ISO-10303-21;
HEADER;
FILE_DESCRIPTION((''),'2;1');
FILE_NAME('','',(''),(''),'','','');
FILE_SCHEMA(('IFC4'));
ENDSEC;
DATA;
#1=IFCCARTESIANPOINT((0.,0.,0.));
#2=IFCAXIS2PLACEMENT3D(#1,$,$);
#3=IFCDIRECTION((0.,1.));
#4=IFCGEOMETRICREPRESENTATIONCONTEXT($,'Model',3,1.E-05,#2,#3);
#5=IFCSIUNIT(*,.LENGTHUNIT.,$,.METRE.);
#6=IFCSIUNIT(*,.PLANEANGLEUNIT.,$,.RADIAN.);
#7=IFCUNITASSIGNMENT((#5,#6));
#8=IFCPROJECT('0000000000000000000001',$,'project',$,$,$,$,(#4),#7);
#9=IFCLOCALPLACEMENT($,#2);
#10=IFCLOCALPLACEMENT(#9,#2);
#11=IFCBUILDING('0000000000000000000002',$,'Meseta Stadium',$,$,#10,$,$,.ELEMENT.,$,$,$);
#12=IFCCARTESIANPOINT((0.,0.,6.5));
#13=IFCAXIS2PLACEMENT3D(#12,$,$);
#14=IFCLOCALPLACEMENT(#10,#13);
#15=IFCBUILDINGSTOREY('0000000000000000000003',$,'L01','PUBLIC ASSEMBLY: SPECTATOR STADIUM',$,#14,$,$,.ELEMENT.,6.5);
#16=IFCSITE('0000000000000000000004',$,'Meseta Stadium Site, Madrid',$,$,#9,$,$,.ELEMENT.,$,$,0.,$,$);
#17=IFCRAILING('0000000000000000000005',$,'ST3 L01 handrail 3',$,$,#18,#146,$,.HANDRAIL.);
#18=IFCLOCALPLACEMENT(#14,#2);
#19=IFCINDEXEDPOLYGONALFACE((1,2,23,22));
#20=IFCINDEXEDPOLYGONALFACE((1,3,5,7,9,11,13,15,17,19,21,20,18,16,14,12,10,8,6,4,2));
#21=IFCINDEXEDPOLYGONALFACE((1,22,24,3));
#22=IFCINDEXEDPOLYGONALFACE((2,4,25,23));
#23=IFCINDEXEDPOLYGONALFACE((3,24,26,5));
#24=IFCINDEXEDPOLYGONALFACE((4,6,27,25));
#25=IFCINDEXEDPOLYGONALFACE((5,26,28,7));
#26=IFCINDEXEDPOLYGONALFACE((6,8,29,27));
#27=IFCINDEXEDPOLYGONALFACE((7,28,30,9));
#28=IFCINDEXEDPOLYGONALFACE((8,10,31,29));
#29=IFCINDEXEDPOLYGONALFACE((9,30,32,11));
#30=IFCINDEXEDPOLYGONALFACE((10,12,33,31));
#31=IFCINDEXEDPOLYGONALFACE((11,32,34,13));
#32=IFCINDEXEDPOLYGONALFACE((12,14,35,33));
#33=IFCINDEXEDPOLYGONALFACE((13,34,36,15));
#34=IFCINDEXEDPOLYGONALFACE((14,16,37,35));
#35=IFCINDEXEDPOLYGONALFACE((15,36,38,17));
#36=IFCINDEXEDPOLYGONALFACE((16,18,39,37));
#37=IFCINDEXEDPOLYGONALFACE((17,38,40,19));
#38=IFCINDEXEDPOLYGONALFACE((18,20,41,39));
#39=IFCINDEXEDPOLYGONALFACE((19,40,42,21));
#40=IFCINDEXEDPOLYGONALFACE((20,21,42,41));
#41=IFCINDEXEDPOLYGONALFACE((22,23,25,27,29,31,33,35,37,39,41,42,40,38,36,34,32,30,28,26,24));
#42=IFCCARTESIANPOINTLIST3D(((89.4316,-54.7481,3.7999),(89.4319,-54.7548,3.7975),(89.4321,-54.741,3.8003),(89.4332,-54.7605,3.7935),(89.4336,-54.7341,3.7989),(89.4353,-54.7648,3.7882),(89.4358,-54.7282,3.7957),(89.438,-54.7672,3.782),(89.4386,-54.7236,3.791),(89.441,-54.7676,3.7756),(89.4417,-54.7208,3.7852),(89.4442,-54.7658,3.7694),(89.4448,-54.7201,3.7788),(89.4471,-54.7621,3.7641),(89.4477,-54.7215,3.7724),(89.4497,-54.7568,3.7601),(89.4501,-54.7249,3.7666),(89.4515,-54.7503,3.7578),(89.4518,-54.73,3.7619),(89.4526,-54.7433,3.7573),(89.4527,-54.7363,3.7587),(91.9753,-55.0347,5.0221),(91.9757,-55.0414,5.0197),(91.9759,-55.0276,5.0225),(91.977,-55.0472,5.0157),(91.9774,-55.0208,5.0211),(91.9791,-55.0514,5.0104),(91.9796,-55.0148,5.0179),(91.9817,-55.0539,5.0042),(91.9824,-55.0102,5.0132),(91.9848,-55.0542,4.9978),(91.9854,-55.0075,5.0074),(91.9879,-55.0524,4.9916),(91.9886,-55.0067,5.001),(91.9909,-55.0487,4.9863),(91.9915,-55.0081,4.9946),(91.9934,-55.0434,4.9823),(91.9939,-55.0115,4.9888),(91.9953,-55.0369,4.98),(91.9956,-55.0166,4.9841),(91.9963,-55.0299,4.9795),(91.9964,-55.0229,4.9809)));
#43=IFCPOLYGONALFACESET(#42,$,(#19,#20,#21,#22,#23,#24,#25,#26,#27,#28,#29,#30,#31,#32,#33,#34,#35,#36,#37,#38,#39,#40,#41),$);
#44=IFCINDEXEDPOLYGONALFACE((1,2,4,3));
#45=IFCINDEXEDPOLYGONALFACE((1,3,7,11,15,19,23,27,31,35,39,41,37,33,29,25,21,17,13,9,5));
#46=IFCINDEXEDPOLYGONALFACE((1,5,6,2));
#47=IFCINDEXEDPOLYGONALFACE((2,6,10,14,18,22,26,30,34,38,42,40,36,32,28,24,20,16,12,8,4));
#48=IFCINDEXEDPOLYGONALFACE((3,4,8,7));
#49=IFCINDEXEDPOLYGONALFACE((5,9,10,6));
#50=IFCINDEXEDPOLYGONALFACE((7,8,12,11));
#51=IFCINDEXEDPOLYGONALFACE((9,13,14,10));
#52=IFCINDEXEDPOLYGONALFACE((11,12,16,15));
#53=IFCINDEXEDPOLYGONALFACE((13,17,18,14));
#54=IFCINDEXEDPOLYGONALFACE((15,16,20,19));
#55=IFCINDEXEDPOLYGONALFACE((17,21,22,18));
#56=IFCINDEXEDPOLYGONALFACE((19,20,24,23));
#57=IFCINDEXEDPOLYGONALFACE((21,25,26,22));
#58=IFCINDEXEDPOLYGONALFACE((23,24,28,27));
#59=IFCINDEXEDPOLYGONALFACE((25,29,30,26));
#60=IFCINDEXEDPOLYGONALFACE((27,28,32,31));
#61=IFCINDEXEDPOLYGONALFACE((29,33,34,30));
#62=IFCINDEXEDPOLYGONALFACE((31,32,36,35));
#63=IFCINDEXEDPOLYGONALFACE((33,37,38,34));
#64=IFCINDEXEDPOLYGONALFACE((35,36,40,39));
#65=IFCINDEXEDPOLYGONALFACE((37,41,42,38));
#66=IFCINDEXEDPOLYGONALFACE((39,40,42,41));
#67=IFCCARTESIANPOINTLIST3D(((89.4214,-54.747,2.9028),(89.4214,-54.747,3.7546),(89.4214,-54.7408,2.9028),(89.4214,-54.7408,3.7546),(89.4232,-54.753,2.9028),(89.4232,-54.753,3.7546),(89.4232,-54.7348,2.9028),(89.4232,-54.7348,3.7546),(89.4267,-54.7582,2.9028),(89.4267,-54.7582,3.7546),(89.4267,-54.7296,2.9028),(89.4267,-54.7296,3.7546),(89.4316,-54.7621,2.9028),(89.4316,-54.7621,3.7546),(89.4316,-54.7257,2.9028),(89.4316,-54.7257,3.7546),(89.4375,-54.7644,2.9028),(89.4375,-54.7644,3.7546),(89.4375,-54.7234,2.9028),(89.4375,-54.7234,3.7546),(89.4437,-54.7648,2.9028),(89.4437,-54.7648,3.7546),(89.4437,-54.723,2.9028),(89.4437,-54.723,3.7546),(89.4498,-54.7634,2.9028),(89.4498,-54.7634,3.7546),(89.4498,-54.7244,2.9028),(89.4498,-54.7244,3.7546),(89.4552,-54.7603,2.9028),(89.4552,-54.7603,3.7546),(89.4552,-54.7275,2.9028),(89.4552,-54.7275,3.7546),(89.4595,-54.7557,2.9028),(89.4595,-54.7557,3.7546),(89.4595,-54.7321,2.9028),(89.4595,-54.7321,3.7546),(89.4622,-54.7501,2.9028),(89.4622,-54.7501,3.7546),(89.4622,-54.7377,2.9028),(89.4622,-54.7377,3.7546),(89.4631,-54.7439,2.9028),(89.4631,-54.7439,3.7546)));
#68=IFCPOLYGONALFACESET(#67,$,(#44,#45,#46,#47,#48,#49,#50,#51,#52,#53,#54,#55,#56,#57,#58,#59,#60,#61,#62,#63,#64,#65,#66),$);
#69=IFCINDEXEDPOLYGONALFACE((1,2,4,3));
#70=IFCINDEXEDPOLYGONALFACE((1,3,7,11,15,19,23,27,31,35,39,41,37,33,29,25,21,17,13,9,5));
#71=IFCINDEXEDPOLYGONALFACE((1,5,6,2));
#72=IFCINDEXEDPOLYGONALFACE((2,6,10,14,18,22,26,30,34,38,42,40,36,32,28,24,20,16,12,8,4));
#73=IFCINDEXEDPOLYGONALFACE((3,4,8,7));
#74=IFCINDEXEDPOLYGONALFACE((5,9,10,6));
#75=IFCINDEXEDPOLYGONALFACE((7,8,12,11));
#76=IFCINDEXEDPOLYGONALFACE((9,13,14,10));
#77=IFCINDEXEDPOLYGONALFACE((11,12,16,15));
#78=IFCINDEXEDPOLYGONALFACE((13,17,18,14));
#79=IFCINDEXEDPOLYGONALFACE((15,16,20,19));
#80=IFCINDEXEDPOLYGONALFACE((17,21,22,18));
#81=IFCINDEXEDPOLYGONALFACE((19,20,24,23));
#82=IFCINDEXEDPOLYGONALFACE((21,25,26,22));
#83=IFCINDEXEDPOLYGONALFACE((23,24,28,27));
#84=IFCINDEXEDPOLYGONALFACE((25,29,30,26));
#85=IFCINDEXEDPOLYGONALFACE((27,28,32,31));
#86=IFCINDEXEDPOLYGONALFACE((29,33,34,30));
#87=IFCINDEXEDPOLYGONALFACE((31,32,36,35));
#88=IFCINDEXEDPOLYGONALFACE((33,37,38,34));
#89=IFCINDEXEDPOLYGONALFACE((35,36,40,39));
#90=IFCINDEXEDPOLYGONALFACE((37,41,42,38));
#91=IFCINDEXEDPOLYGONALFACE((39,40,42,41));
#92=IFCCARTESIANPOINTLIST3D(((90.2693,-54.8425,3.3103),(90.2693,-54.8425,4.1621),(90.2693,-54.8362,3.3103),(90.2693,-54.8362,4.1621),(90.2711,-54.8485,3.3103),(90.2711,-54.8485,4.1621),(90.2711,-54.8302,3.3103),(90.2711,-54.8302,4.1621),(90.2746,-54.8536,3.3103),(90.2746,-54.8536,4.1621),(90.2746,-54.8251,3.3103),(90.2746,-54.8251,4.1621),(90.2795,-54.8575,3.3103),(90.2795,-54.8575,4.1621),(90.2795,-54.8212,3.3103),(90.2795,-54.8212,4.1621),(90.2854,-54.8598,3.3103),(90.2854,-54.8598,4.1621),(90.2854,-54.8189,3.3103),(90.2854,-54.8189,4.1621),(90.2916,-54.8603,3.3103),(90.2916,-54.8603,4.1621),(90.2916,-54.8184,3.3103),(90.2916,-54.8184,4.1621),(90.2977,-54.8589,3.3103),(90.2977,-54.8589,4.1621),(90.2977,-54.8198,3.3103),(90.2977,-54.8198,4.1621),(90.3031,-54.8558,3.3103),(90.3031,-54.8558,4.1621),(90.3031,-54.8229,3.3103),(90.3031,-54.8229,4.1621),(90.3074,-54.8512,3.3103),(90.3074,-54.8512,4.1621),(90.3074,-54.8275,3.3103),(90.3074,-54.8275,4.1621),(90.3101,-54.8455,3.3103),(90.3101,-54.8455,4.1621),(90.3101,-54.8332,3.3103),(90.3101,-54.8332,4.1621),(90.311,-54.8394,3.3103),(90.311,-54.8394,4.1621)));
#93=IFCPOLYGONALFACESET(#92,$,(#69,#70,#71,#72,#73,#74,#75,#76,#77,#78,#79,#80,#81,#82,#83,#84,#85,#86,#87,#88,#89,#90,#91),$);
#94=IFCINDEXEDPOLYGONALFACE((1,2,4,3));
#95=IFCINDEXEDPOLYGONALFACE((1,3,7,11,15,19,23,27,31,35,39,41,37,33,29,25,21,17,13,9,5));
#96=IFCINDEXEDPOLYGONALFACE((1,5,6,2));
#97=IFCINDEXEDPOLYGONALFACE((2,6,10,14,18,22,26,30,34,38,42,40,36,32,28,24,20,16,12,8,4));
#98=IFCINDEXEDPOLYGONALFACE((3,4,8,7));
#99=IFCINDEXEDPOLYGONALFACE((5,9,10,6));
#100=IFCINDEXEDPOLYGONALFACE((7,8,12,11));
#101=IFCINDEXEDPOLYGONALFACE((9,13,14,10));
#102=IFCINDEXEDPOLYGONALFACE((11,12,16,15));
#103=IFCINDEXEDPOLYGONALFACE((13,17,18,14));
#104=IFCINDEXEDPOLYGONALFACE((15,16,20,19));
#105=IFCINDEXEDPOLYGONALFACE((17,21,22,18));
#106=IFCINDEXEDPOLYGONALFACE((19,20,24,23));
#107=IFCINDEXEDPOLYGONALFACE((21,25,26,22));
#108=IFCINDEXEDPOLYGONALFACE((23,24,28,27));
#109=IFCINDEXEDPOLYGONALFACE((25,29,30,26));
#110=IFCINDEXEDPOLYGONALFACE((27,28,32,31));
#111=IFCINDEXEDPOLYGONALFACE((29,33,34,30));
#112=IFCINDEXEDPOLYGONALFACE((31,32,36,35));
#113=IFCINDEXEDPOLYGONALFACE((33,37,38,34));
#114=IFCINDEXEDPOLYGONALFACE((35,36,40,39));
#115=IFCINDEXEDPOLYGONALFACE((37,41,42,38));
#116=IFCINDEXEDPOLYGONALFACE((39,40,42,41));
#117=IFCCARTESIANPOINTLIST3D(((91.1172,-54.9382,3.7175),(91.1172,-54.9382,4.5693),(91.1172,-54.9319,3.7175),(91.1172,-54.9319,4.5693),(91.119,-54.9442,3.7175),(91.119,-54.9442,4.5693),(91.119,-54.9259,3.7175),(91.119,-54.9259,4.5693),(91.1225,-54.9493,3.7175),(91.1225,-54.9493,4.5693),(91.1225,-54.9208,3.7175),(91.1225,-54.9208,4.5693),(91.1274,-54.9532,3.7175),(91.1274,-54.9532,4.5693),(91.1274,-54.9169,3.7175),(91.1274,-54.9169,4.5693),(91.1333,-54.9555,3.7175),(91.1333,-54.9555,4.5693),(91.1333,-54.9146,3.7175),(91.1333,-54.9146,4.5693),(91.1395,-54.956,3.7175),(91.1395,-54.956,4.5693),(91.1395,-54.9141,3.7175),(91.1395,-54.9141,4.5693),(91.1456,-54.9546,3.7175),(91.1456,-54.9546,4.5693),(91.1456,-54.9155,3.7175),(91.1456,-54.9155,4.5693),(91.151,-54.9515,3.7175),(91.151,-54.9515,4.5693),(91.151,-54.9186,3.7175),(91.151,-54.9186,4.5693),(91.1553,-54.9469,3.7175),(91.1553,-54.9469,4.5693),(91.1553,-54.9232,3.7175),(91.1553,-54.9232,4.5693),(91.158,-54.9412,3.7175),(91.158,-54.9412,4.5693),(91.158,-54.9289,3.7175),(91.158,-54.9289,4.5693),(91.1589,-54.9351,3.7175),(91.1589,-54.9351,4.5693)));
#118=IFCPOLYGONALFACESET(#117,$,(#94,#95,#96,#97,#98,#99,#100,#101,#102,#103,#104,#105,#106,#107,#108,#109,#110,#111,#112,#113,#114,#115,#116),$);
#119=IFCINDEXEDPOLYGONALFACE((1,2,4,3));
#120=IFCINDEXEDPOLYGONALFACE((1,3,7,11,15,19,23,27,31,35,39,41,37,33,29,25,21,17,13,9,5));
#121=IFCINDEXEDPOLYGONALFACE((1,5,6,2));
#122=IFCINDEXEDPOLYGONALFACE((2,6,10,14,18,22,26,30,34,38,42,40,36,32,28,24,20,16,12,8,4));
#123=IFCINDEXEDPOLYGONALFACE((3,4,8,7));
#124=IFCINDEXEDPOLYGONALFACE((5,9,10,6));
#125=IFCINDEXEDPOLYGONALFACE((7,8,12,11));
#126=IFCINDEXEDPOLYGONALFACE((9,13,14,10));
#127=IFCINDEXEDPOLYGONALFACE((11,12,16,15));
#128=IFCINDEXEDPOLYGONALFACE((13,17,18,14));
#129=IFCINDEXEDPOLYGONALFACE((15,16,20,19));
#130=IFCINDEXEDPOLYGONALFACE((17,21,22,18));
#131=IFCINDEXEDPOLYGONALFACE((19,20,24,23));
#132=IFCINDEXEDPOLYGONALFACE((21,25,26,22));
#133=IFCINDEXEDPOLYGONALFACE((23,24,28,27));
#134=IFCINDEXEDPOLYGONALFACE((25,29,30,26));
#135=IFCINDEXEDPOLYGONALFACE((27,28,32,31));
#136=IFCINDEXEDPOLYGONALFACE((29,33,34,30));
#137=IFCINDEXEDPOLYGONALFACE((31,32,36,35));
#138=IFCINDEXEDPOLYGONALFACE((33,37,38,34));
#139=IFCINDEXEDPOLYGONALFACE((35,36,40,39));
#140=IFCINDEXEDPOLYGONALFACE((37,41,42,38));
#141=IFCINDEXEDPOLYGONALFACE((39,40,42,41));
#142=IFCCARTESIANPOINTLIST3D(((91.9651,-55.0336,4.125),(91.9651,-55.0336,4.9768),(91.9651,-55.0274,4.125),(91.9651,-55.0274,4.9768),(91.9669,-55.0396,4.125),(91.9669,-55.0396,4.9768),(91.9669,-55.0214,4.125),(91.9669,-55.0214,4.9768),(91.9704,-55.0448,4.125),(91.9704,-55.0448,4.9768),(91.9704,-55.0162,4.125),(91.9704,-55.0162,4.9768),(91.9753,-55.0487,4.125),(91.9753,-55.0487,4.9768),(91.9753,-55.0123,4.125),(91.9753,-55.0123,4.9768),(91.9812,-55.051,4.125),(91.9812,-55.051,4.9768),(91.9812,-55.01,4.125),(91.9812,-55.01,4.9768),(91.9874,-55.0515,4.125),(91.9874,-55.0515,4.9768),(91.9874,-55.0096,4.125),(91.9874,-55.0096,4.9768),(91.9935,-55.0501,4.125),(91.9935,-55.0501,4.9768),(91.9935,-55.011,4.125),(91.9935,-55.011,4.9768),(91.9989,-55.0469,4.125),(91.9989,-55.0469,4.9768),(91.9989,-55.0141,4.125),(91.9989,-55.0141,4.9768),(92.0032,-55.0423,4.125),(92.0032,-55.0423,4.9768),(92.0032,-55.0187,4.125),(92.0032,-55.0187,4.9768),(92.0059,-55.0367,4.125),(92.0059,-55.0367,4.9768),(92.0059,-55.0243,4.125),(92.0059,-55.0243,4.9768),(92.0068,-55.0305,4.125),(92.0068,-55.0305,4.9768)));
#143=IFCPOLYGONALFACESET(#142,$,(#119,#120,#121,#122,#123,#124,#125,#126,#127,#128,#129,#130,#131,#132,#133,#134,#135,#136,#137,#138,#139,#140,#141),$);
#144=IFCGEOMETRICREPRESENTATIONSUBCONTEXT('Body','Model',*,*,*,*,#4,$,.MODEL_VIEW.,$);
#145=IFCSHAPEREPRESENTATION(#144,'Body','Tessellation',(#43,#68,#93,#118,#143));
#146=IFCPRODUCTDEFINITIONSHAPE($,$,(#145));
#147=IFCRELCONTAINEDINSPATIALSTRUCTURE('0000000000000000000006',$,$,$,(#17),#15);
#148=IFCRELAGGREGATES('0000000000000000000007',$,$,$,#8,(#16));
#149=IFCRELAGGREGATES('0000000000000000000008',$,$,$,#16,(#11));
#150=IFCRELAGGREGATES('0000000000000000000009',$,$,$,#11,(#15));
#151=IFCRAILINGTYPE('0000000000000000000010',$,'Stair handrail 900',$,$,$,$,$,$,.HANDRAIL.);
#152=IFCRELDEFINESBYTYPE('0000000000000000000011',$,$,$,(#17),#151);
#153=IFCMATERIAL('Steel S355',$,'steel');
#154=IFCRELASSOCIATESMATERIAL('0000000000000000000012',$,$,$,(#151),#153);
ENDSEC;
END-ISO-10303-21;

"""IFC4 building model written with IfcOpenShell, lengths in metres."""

from ifc_helpers import new_model, si_unit, direction, frame, origin, origin_2d, place, context, subcontext, project, spatial, circle, extrude, material, type_object, element, save


model = new_model("IFC4")

# Units and contexts
model_context = context("Model", 3, precision=1e-05, world=origin(), true_north=direction((0.0, 1.0)))
body_context = subcontext(model_context, "Body", "Model", "MODEL_VIEW")
ifc_project = project(units=[si_unit("LENGTHUNIT", "METRE"), si_unit("PLANEANGLEUNIT", "RADIAN")], contexts=[model_context])

# Site, building, storey
site_placement = place(None, origin())
site = spatial("IfcSite", under=ifc_project, at=site_placement, Name="Meseta Stadium Site, Madrid", CompositionType="ELEMENT", RefElevation=0.0)
building_placement = place(site_placement, origin())
building = spatial("IfcBuilding", under=site, at=building_placement, Name="Meseta Stadium", CompositionType="ELEMENT")
storey_placement = place(building_placement, frame((0.0, 0.0, 6.5)))
storey = spatial("IfcBuildingStorey", under=building, at=storey_placement, Name="L01", Description="PUBLIC ASSEMBLY: SPECTATOR STADIUM", CompositionType="ELEMENT", Elevation=6.5)

# Railing
ifc_material_1 = material(Name="Steel S355", Category="steel")
railing_type_1 = type_object("IfcRailingType", Name="Stair handrail 900", PredefinedType="HANDRAIL", material=ifc_material_1)
railing_1_placement = place(storey_placement, frame((89.4421, -54.7439, 2.9028)))
element("IfcRailing", 1, at=railing_1_placement, inside=storey, type_object=railing_type_1, Name="ST3 L01 handrail 3", PredefinedType="HANDRAIL", context=body_context, shape_type="SweptSolid", body=[
    extrude(circle(Radius=0.0239, at=origin_2d()), frame((0.0, 0.0, 0.876), z_axis=(0.896745, -0.101044, 0.430858), x_axis=(0.11197, 0.993712, 0.0)), (0.0, 0.0, 1.0), 2.8367),
    extrude(circle(Radius=0.021, at=origin_2d()), origin(), (0.0, 0.0, 1.0), 0.8518),
    extrude(circle(Radius=0.021, at=origin_2d()), frame((0.8479, -0.0955, 0.4075)), (0.0, 0.0, 1.0), 0.8518),
    extrude(circle(Radius=0.021, at=origin_2d()), frame((1.6958, -0.1912, 0.8147)), (0.0, 0.0, 1.0), 0.8518),
    extrude(circle(Radius=0.021, at=origin_2d()), frame((2.5437, -0.2866, 1.2222)), (0.0, 0.0, 1.0), 0.8518),
])

save(model, "model.ifc")
